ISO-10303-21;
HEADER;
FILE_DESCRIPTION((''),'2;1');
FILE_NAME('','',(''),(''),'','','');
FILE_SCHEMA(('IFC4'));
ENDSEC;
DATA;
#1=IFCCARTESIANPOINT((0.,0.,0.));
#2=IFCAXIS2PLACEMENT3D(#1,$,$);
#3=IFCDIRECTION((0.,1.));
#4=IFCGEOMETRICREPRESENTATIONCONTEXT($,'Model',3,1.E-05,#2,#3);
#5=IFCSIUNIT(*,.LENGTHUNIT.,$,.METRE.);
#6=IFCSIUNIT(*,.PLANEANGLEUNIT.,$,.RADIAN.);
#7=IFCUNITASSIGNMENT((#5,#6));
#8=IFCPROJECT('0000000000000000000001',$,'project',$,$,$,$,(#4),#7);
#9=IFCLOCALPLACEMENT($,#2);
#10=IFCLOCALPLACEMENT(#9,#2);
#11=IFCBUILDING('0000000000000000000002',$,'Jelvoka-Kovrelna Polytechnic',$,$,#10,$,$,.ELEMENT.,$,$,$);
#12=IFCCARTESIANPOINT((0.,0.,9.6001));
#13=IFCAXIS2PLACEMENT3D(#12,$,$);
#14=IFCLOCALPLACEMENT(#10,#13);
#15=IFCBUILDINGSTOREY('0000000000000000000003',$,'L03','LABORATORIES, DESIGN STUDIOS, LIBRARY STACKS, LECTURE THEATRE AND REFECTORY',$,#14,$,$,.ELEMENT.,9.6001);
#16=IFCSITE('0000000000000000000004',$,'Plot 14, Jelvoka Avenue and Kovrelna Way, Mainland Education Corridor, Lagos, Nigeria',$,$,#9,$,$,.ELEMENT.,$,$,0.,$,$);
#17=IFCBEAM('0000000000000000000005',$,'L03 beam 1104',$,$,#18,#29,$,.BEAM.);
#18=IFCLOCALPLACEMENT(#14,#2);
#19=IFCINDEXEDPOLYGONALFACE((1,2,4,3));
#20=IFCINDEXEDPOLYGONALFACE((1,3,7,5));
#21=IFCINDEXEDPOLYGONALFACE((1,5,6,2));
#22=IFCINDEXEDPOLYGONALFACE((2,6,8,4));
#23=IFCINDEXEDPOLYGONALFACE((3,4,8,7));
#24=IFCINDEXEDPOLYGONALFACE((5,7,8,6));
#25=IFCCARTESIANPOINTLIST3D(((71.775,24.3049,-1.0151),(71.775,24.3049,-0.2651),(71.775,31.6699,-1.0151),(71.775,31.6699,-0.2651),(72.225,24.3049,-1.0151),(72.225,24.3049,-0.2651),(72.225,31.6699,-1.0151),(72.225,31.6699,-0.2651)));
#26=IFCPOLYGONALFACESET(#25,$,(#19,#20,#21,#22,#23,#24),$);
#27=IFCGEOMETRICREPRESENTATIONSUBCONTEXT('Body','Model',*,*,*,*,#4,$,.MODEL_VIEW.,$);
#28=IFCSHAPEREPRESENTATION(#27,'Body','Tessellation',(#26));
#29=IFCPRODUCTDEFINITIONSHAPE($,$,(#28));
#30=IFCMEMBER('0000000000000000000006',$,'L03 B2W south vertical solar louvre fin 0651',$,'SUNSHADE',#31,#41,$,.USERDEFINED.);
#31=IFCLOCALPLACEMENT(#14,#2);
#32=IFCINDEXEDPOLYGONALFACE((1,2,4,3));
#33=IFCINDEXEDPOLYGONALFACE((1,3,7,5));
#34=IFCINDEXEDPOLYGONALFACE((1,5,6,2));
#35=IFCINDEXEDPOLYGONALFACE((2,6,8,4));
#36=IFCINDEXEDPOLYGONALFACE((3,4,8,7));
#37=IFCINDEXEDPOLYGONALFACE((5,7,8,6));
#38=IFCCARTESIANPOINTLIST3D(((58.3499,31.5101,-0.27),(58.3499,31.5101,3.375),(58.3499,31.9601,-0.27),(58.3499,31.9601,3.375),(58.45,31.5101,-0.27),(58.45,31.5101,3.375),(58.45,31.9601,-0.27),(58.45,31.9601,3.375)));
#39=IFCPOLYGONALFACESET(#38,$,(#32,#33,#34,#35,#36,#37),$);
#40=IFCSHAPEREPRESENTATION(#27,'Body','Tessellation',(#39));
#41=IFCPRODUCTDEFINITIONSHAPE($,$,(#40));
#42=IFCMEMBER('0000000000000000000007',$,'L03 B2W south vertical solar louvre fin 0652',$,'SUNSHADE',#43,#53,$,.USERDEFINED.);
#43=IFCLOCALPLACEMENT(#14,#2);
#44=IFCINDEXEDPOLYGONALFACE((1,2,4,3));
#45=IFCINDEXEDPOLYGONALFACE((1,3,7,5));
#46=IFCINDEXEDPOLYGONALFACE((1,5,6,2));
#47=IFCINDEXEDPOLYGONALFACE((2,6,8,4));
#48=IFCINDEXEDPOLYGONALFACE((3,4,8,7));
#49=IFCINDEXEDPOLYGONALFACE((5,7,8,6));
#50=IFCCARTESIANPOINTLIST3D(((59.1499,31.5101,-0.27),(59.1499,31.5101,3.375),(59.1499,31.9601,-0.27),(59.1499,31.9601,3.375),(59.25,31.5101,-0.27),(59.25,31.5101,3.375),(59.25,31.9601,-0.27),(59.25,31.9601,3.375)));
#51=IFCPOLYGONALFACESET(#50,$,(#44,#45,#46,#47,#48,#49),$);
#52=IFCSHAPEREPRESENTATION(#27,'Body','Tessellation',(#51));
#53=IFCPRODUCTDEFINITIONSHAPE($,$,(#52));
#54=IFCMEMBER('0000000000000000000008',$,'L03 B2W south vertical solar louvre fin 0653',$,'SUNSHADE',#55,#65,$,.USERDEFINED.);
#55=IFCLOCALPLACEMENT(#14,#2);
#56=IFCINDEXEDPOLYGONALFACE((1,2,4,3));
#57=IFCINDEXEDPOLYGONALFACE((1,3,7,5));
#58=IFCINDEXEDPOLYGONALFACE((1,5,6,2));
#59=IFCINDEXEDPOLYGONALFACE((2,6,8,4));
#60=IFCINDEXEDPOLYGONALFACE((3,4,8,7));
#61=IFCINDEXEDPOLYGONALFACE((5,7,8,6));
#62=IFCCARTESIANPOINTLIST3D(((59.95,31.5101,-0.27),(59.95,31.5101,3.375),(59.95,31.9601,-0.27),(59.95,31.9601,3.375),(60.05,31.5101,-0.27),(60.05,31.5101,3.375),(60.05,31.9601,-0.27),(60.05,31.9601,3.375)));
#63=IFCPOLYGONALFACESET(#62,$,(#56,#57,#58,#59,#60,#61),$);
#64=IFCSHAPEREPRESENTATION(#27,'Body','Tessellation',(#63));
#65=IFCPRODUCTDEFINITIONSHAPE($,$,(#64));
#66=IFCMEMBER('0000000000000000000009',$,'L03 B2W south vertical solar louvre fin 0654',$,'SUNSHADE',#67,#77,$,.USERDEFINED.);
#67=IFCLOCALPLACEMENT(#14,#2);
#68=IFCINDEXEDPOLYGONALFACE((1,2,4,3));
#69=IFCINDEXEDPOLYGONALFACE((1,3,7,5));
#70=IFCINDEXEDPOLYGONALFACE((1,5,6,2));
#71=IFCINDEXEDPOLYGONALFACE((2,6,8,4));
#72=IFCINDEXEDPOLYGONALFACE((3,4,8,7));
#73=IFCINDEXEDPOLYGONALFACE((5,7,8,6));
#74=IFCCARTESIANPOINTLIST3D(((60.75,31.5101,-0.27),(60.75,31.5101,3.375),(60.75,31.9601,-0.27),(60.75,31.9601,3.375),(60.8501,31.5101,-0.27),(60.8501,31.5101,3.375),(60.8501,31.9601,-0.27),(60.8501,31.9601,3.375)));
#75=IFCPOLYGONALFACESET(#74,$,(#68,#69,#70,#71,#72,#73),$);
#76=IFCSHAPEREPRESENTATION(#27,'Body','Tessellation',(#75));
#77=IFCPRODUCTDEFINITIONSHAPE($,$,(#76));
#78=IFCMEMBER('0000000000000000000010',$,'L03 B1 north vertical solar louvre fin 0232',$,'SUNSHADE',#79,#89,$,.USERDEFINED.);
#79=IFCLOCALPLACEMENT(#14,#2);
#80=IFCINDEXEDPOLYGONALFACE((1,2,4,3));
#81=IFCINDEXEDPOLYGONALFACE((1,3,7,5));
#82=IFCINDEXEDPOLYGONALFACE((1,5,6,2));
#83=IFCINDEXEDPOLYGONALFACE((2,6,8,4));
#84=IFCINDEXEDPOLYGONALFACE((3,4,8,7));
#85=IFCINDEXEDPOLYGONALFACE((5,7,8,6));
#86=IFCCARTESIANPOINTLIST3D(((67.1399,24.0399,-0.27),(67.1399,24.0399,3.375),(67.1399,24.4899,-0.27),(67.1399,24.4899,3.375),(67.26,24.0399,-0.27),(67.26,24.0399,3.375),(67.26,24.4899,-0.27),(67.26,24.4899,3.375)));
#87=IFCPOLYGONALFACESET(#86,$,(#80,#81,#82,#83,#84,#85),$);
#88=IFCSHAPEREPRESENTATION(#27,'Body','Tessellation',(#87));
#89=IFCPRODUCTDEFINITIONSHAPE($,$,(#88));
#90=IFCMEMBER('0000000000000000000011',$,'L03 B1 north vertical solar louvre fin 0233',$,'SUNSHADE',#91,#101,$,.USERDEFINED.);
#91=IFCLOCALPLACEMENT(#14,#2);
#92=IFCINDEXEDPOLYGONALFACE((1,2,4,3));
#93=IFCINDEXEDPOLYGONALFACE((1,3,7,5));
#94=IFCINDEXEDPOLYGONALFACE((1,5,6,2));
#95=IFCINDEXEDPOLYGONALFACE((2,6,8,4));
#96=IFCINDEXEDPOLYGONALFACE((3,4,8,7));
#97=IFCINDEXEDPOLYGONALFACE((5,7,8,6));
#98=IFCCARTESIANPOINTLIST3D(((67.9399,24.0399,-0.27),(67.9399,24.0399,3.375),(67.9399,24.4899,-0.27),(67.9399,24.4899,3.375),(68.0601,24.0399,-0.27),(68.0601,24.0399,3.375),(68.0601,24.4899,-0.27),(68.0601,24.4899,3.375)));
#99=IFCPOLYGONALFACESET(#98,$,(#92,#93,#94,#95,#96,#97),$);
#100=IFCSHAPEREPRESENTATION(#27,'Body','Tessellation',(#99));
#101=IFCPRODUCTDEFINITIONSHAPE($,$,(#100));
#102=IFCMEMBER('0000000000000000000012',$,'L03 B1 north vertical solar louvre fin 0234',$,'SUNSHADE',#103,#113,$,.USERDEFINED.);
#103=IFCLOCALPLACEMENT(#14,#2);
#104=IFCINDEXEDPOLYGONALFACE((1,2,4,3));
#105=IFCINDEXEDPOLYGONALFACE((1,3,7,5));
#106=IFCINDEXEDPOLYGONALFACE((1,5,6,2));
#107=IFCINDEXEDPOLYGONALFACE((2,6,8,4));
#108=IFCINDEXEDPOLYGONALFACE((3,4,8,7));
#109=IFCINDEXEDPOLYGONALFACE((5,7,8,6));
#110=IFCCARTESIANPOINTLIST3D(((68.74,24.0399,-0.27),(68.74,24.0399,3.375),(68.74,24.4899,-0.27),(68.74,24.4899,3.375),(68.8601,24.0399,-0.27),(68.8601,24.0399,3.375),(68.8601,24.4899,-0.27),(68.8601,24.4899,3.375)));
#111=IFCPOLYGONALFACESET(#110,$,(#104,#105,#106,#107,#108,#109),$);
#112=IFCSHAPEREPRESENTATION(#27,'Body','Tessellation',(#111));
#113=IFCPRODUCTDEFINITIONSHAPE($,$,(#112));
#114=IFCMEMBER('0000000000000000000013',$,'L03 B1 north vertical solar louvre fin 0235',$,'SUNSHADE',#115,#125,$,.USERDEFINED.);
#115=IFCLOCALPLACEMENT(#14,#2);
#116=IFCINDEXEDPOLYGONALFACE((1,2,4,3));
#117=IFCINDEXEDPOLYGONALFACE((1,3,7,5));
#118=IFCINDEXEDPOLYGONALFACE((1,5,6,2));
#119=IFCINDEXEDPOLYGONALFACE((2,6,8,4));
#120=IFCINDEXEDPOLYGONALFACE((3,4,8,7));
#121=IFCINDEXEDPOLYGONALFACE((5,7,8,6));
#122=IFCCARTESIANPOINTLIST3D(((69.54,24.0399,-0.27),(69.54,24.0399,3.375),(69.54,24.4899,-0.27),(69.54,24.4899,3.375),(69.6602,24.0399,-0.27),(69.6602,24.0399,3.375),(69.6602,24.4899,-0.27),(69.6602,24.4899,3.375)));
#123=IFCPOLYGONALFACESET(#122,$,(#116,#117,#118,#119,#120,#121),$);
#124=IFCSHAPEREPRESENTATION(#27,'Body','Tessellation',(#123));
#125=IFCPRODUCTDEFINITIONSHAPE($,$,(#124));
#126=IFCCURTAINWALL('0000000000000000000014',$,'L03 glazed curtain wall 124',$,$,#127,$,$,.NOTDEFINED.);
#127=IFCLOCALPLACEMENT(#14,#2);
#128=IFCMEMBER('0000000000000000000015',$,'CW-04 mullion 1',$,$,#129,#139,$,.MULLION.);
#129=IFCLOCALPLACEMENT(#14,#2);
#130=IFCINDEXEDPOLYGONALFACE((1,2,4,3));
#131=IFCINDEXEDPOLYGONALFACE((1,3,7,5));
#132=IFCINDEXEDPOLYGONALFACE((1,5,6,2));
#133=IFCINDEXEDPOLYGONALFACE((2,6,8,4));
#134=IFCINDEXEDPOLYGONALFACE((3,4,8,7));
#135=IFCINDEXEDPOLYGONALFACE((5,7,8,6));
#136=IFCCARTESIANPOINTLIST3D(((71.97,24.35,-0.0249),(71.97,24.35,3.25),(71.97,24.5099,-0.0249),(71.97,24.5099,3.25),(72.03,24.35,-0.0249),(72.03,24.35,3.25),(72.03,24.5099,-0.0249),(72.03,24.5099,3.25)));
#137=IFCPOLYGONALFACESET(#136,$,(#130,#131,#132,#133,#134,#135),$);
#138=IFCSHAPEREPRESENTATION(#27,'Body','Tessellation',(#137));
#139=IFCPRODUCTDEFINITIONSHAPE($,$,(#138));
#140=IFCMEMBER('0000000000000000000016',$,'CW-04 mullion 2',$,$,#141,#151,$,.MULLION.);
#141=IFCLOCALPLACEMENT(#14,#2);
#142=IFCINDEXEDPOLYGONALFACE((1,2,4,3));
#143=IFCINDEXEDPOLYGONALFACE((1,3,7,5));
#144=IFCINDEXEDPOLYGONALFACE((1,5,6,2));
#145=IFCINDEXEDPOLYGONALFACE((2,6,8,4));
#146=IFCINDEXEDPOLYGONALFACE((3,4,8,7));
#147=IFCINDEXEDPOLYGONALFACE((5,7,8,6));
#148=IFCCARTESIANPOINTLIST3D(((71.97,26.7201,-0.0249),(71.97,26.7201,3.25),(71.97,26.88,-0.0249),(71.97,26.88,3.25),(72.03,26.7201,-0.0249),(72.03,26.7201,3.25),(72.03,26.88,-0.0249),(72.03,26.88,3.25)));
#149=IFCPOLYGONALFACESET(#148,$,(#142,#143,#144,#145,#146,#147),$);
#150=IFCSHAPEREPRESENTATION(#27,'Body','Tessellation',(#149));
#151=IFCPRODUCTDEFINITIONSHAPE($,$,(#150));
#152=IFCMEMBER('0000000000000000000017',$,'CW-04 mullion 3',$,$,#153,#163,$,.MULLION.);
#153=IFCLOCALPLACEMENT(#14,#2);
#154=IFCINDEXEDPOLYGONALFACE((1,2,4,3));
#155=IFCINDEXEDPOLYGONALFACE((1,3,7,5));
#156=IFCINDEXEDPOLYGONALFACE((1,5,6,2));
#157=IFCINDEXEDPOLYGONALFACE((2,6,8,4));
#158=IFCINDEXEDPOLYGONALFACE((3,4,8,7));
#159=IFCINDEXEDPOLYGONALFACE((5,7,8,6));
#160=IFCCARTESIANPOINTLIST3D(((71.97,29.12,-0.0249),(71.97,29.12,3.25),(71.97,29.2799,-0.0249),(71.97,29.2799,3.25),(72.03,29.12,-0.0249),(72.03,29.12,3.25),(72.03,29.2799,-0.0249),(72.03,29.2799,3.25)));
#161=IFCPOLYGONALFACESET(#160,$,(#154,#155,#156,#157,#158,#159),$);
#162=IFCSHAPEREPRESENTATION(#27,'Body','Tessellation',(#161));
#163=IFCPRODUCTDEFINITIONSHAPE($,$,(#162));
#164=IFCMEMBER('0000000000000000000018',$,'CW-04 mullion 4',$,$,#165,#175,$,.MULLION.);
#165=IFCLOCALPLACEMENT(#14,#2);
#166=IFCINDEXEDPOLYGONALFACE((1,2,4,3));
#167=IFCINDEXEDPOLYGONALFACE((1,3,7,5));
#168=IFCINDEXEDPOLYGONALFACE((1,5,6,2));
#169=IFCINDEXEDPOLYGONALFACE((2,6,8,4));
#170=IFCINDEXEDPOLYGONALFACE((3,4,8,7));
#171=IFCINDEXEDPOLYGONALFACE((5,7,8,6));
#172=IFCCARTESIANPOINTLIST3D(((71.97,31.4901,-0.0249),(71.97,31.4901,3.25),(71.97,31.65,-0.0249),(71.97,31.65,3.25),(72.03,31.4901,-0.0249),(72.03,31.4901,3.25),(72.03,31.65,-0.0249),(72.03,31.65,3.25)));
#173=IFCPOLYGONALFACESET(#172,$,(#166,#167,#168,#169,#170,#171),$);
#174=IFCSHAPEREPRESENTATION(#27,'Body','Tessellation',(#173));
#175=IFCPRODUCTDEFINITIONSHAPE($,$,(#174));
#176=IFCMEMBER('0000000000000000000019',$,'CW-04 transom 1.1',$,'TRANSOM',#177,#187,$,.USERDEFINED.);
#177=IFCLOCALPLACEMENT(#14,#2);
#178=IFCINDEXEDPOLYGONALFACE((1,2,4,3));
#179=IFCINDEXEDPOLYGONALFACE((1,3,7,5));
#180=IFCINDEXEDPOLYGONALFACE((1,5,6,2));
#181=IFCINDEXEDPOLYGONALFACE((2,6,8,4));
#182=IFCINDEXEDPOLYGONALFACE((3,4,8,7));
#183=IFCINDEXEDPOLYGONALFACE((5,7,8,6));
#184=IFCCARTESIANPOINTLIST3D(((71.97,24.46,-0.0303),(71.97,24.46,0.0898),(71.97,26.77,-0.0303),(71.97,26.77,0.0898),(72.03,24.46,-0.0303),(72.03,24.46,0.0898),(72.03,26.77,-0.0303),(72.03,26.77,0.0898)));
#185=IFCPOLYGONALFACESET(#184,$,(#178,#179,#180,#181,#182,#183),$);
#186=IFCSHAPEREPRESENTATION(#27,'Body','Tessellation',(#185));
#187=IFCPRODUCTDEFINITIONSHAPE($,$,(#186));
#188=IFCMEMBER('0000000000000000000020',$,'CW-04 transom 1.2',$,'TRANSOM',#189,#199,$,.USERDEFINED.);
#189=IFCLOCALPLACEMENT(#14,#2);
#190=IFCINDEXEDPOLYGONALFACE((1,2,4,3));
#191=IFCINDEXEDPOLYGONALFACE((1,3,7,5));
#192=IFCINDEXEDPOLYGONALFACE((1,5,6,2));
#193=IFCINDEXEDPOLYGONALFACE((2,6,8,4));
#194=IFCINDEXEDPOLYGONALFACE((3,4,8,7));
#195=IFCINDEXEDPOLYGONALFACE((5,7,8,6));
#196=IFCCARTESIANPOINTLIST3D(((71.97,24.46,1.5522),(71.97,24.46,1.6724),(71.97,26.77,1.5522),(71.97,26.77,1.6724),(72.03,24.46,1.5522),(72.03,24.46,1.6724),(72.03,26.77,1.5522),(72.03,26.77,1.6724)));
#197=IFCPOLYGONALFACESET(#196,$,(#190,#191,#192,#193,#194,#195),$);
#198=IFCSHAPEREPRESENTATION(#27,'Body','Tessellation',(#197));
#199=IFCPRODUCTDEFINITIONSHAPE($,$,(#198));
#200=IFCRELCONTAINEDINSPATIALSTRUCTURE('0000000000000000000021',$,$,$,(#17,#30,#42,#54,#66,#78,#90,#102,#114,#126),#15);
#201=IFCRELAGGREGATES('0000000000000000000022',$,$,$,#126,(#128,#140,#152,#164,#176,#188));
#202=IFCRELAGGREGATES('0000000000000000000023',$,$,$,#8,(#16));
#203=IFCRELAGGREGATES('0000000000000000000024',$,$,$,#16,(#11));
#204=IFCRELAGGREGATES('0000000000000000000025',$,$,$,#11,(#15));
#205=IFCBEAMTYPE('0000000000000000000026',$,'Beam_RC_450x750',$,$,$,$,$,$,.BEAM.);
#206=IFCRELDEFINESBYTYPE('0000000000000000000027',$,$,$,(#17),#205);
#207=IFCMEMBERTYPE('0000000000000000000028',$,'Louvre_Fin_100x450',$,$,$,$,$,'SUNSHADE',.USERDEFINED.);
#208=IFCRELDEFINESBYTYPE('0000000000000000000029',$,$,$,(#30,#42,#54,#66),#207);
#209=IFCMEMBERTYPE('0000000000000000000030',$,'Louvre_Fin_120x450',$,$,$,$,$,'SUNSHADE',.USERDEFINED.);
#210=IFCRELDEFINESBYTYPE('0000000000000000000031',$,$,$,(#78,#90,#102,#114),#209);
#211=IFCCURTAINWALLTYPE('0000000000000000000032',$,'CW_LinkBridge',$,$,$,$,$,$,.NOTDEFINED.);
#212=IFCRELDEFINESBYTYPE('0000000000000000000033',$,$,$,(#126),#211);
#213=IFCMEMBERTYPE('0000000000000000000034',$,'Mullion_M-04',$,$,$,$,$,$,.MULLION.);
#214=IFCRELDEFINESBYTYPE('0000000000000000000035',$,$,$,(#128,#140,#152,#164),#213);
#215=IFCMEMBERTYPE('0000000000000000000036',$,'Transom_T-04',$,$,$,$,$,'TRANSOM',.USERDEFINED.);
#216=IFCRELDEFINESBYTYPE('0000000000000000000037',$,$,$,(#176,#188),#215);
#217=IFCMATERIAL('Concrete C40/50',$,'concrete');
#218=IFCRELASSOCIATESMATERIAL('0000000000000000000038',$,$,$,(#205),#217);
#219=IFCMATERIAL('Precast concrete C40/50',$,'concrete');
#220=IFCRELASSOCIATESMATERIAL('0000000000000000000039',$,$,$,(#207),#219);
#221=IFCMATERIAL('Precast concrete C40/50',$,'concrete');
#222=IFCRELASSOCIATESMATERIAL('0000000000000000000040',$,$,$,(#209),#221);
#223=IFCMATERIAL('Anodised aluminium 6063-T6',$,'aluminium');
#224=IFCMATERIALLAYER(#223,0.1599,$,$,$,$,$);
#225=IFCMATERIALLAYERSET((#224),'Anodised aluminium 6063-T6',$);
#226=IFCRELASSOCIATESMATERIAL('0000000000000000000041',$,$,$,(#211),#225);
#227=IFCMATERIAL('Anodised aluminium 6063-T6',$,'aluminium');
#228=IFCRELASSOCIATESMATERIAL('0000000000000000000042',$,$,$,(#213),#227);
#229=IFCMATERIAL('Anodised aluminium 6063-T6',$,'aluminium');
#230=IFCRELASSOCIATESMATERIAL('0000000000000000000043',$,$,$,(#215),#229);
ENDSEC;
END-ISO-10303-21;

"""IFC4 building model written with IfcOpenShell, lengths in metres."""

from ifc_helpers import new_model, si_unit, direction, frame, origin, origin_2d, place, context, subcontext, project, spatial, rectangle, extrude, material, layer, layer_set, material_profile, profile_set, type_object, element, aggregate, save


model = new_model("IFC4")

# Units and contexts
model_context = context("Model", 3, precision=1e-05, world=origin(), true_north=direction((0.0, 1.0)))
body_context = subcontext(model_context, "Body", "Model", "MODEL_VIEW")
ifc_project = project(units=[si_unit("LENGTHUNIT", "METRE"), si_unit("PLANEANGLEUNIT", "RADIAN")], contexts=[model_context])

# Site, building, storey
site_placement = place(None, origin())
site = spatial("IfcSite", under=ifc_project, at=site_placement, Name="Plot 14, Jelvoka Avenue and Kovrelna Way, Mainland Education Corridor, Lagos, Nigeria", CompositionType="ELEMENT", RefElevation=0.0)
building_placement = place(site_placement, origin())
building = spatial("IfcBuilding", under=site, at=building_placement, Name="Jelvoka-Kovrelna Polytechnic", CompositionType="ELEMENT")
storey_placement = place(building_placement, frame((0.0, 0.0, 9.6001)))
storey = spatial("IfcBuildingStorey", under=building, at=storey_placement, Name="L03", Description="LABORATORIES, DESIGN STUDIOS, LIBRARY STACKS, LECTURE THEATRE AND REFECTORY", CompositionType="ELEMENT", Elevation=9.6001)

# Beam
ifc_material_1 = material(Name="Concrete C40/50", Category="concrete")
ifc_material_profile_1 = material_profile(ifc_material_1, rectangle(XDim=0.45, YDim=0.75, at=origin_2d()), Name="RC 450x750")
ifc_profile_set_1 = profile_set([ifc_material_profile_1], Name="Concrete C40/50")
beam_type = type_object("IfcBeamType", Name="Beam_RC_450x750", PredefinedType="BEAM", material=ifc_profile_set_1)
beam_placement = place(storey_placement, frame((72.0, 24.3049, -0.6401), z_axis=(0.0, 1.0, 0.0), x_axis=(-1.0, 0.0, 0.0)))
element("IfcBeam", 1, at=beam_placement, inside=storey, type_object=beam_type, Name="L03 beam 1104", PredefinedType="BEAM", context=body_context, shape_type="SweptSolid", body=[
    extrude(rectangle(XDim=0.45, YDim=0.75, at=origin_2d()), origin(), (0.0, 0.0, 1.0), 7.365),
])

# Members
ifc_material_2 = material(Name="Precast concrete C40/50", Category="concrete")
ifc_material_profile_2 = material_profile(ifc_material_2, rectangle(XDim=0.1001, YDim=0.45, at=origin_2d()), Name="PC 100x450")
ifc_profile_set_2 = profile_set([ifc_material_profile_2], Name="Precast concrete C40/50")
member_type_1 = type_object("IfcMemberType", Name="Louvre_Fin_100x450", ElementType="SUNSHADE", PredefinedType="USERDEFINED", material=ifc_profile_set_2)
for number, where, z_axis, x_axis, name in (
    (2, (58.3999, 31.7351, -0.27), (0.0, 0.0, 1.0), (1.0, 0.0, 0.0), "L03 B2W south vertical solar louvre fin 0651"),
    (3, (59.2, 31.7351, -0.27), (0.0, 0.0, 1.0), (1.0, 0.0, 0.0), "L03 B2W south vertical solar louvre fin 0652"),
    (4, (60.0, 31.7351, -0.27), (0.0, 0.0, 1.0), (1.0, 0.0, 0.0), "L03 B2W south vertical solar louvre fin 0653"),
    (5, (60.8, 31.7351, -0.27), (0.0, 0.0, 1.0), (1.0, 0.0, 0.0), "L03 B2W south vertical solar louvre fin 0654"),
):
    element("IfcMember", number, at=place(storey_placement, frame(where, z_axis=z_axis, x_axis=x_axis)), inside=storey, type_object=member_type_1, Name=name, ObjectType="SUNSHADE", PredefinedType="USERDEFINED", context=body_context, shape_type="SweptSolid", body=[
        extrude(rectangle(XDim=0.1001, YDim=0.45, at=origin_2d()), origin(), (0.0, 0.0, 1.0), 3.645),
    ])
ifc_material_3 = material(Name="Precast concrete C40/50", Category="concrete")
ifc_material_profile_3 = material_profile(ifc_material_3, rectangle(XDim=0.1201, YDim=0.45, at=origin_2d()), Name="PC 120x450")
ifc_profile_set_3 = profile_set([ifc_material_profile_3], Name="Precast concrete C40/50")
member_type_2 = type_object("IfcMemberType", Name="Louvre_Fin_120x450", ElementType="SUNSHADE", PredefinedType="USERDEFINED", material=ifc_profile_set_3)
for number, where, z_axis, x_axis, name in (
    (6, (67.2, 24.2649, -0.27), (0.0, 0.0, 1.0), (1.0, 0.0, 0.0), "L03 B1 north vertical solar louvre fin 0232"),
    (7, (68.0, 24.2649, -0.27), (0.0, 0.0, 1.0), (1.0, 0.0, 0.0), "L03 B1 north vertical solar louvre fin 0233"),
    (8, (68.8, 24.2649, -0.27), (0.0, 0.0, 1.0), (1.0, 0.0, 0.0), "L03 B1 north vertical solar louvre fin 0234"),
    (9, (69.6001, 24.2649, -0.27), (0.0, 0.0, 1.0), (1.0, 0.0, 0.0), "L03 B1 north vertical solar louvre fin 0235"),
):
    element("IfcMember", number, at=place(storey_placement, frame(where, z_axis=z_axis, x_axis=x_axis)), inside=storey, type_object=member_type_2, Name=name, ObjectType="SUNSHADE", PredefinedType="USERDEFINED", context=body_context, shape_type="SweptSolid", body=[
        extrude(rectangle(XDim=0.1201, YDim=0.45, at=origin_2d()), origin(), (0.0, 0.0, 1.0), 3.645),
    ])

# Curtain wall, members
ifc_material_4 = material(Name="Anodised aluminium 6063-T6", Category="aluminium")
ifc_layer_1 = layer(ifc_material_4, 0.1599)
ifc_layer_set_1 = layer_set([ifc_layer_1], Name="Anodised aluminium 6063-T6")
curtain_wall_type = type_object("IfcCurtainWallType", Name="CW_LinkBridge", PredefinedType="NOTDEFINED", material=ifc_layer_set_1)
curtain_wall_placement = place(storey_placement, origin())
curtain_wall = element("IfcCurtainWall", 10, at=curtain_wall_placement, inside=storey, type_object=curtain_wall_type, Name="L03 glazed curtain wall 124", PredefinedType="NOTDEFINED")
ifc_material_5 = material(Name="Anodised aluminium 6063-T6", Category="aluminium")
ifc_material_profile_4 = material_profile(ifc_material_5, rectangle(XDim=0.0601, YDim=0.1599, at=origin_2d()), Name="ALU 60x160")
ifc_profile_set_4 = profile_set([ifc_material_profile_4], Name="Anodised aluminium 6063-T6")
member_type_3 = type_object("IfcMemberType", Name="Mullion_M-04", PredefinedType="MULLION", material=ifc_profile_set_4)
member_1_placement = place(storey_placement, frame((72.0, 24.4299, -0.0249), z_axis=(0.0, 0.0, 1.0), x_axis=(-1.0, 0.0, 0.0)))
member_1 = element("IfcMember", 11, at=member_1_placement, type_object=member_type_3, Name="CW-04 mullion 1", PredefinedType="MULLION", context=body_context, shape_type="SweptSolid", body=[
    extrude(rectangle(XDim=0.0601, YDim=0.1599, at=origin_2d()), origin(), (0.0, 0.0, 1.0), 3.2749),
])
member_2_placement = place(storey_placement, frame((72.0, 26.8, -0.0249), z_axis=(0.0, 0.0, 1.0), x_axis=(-1.0, 0.0, 0.0)))
member_2 = element("IfcMember", 12, at=member_2_placement, type_object=member_type_3, Name="CW-04 mullion 2", PredefinedType="MULLION", context=body_context, shape_type="SweptSolid", body=[
    extrude(rectangle(XDim=0.0601, YDim=0.1599, at=origin_2d()), origin(), (0.0, 0.0, 1.0), 3.2749),
])
member_3_placement = place(storey_placement, frame((72.0, 29.2, -0.0249), z_axis=(0.0, 0.0, 1.0), x_axis=(-1.0, 0.0, 0.0)))
member_3 = element("IfcMember", 13, at=member_3_placement, type_object=member_type_3, Name="CW-04 mullion 3", PredefinedType="MULLION", context=body_context, shape_type="SweptSolid", body=[
    extrude(rectangle(XDim=0.0601, YDim=0.1599, at=origin_2d()), origin(), (0.0, 0.0, 1.0), 3.2749),
])
member_4_placement = place(storey_placement, frame((72.0, 31.5701, -0.0249), z_axis=(0.0, 0.0, 1.0), x_axis=(-1.0, 0.0, 0.0)))
member_4 = element("IfcMember", 14, at=member_4_placement, type_object=member_type_3, Name="CW-04 mullion 4", PredefinedType="MULLION", context=body_context, shape_type="SweptSolid", body=[
    extrude(rectangle(XDim=0.0601, YDim=0.1599, at=origin_2d()), origin(), (0.0, 0.0, 1.0), 3.2749),
])
ifc_material_6 = material(Name="Anodised aluminium 6063-T6", Category="aluminium")
ifc_material_profile_5 = material_profile(ifc_material_6, rectangle(XDim=0.0601, YDim=0.1201, at=origin_2d()), Name="ALU 60x120")
ifc_profile_set_5 = profile_set([ifc_material_profile_5], Name="Anodised aluminium 6063-T6")
member_type_4 = type_object("IfcMemberType", Name="Transom_T-04", ElementType="TRANSOM", PredefinedType="USERDEFINED", material=ifc_profile_set_5)
member_5_placement = place(storey_placement, frame((72.0, 24.46, 0.0298), z_axis=(0.0, 1.0, 0.0), x_axis=(-1.0, 0.0, 0.0)))
member_5 = element("IfcMember", 15, at=member_5_placement, type_object=member_type_4, Name="CW-04 transom 1.1", ObjectType="TRANSOM", PredefinedType="USERDEFINED", context=body_context, shape_type="SweptSolid", body=[
    extrude(rectangle(XDim=0.0601, YDim=0.1201, at=origin_2d()), origin(), (0.0, 0.0, 1.0), 2.3101),
])
member_6_placement = place(storey_placement, frame((72.0, 24.46, 1.6123), z_axis=(0.0, 1.0, 0.0), x_axis=(-1.0, 0.0, 0.0)))
member_6 = element("IfcMember", 16, at=member_6_placement, type_object=member_type_4, Name="CW-04 transom 1.2", ObjectType="TRANSOM", PredefinedType="USERDEFINED", context=body_context, shape_type="SweptSolid", body=[
    extrude(rectangle(XDim=0.0601, YDim=0.1201, at=origin_2d()), origin(), (0.0, 0.0, 1.0), 2.3101),
])
aggregate(curtain_wall, [member_1, member_2, member_3, member_4, member_5, member_6])

save(model, "model.ifc")
